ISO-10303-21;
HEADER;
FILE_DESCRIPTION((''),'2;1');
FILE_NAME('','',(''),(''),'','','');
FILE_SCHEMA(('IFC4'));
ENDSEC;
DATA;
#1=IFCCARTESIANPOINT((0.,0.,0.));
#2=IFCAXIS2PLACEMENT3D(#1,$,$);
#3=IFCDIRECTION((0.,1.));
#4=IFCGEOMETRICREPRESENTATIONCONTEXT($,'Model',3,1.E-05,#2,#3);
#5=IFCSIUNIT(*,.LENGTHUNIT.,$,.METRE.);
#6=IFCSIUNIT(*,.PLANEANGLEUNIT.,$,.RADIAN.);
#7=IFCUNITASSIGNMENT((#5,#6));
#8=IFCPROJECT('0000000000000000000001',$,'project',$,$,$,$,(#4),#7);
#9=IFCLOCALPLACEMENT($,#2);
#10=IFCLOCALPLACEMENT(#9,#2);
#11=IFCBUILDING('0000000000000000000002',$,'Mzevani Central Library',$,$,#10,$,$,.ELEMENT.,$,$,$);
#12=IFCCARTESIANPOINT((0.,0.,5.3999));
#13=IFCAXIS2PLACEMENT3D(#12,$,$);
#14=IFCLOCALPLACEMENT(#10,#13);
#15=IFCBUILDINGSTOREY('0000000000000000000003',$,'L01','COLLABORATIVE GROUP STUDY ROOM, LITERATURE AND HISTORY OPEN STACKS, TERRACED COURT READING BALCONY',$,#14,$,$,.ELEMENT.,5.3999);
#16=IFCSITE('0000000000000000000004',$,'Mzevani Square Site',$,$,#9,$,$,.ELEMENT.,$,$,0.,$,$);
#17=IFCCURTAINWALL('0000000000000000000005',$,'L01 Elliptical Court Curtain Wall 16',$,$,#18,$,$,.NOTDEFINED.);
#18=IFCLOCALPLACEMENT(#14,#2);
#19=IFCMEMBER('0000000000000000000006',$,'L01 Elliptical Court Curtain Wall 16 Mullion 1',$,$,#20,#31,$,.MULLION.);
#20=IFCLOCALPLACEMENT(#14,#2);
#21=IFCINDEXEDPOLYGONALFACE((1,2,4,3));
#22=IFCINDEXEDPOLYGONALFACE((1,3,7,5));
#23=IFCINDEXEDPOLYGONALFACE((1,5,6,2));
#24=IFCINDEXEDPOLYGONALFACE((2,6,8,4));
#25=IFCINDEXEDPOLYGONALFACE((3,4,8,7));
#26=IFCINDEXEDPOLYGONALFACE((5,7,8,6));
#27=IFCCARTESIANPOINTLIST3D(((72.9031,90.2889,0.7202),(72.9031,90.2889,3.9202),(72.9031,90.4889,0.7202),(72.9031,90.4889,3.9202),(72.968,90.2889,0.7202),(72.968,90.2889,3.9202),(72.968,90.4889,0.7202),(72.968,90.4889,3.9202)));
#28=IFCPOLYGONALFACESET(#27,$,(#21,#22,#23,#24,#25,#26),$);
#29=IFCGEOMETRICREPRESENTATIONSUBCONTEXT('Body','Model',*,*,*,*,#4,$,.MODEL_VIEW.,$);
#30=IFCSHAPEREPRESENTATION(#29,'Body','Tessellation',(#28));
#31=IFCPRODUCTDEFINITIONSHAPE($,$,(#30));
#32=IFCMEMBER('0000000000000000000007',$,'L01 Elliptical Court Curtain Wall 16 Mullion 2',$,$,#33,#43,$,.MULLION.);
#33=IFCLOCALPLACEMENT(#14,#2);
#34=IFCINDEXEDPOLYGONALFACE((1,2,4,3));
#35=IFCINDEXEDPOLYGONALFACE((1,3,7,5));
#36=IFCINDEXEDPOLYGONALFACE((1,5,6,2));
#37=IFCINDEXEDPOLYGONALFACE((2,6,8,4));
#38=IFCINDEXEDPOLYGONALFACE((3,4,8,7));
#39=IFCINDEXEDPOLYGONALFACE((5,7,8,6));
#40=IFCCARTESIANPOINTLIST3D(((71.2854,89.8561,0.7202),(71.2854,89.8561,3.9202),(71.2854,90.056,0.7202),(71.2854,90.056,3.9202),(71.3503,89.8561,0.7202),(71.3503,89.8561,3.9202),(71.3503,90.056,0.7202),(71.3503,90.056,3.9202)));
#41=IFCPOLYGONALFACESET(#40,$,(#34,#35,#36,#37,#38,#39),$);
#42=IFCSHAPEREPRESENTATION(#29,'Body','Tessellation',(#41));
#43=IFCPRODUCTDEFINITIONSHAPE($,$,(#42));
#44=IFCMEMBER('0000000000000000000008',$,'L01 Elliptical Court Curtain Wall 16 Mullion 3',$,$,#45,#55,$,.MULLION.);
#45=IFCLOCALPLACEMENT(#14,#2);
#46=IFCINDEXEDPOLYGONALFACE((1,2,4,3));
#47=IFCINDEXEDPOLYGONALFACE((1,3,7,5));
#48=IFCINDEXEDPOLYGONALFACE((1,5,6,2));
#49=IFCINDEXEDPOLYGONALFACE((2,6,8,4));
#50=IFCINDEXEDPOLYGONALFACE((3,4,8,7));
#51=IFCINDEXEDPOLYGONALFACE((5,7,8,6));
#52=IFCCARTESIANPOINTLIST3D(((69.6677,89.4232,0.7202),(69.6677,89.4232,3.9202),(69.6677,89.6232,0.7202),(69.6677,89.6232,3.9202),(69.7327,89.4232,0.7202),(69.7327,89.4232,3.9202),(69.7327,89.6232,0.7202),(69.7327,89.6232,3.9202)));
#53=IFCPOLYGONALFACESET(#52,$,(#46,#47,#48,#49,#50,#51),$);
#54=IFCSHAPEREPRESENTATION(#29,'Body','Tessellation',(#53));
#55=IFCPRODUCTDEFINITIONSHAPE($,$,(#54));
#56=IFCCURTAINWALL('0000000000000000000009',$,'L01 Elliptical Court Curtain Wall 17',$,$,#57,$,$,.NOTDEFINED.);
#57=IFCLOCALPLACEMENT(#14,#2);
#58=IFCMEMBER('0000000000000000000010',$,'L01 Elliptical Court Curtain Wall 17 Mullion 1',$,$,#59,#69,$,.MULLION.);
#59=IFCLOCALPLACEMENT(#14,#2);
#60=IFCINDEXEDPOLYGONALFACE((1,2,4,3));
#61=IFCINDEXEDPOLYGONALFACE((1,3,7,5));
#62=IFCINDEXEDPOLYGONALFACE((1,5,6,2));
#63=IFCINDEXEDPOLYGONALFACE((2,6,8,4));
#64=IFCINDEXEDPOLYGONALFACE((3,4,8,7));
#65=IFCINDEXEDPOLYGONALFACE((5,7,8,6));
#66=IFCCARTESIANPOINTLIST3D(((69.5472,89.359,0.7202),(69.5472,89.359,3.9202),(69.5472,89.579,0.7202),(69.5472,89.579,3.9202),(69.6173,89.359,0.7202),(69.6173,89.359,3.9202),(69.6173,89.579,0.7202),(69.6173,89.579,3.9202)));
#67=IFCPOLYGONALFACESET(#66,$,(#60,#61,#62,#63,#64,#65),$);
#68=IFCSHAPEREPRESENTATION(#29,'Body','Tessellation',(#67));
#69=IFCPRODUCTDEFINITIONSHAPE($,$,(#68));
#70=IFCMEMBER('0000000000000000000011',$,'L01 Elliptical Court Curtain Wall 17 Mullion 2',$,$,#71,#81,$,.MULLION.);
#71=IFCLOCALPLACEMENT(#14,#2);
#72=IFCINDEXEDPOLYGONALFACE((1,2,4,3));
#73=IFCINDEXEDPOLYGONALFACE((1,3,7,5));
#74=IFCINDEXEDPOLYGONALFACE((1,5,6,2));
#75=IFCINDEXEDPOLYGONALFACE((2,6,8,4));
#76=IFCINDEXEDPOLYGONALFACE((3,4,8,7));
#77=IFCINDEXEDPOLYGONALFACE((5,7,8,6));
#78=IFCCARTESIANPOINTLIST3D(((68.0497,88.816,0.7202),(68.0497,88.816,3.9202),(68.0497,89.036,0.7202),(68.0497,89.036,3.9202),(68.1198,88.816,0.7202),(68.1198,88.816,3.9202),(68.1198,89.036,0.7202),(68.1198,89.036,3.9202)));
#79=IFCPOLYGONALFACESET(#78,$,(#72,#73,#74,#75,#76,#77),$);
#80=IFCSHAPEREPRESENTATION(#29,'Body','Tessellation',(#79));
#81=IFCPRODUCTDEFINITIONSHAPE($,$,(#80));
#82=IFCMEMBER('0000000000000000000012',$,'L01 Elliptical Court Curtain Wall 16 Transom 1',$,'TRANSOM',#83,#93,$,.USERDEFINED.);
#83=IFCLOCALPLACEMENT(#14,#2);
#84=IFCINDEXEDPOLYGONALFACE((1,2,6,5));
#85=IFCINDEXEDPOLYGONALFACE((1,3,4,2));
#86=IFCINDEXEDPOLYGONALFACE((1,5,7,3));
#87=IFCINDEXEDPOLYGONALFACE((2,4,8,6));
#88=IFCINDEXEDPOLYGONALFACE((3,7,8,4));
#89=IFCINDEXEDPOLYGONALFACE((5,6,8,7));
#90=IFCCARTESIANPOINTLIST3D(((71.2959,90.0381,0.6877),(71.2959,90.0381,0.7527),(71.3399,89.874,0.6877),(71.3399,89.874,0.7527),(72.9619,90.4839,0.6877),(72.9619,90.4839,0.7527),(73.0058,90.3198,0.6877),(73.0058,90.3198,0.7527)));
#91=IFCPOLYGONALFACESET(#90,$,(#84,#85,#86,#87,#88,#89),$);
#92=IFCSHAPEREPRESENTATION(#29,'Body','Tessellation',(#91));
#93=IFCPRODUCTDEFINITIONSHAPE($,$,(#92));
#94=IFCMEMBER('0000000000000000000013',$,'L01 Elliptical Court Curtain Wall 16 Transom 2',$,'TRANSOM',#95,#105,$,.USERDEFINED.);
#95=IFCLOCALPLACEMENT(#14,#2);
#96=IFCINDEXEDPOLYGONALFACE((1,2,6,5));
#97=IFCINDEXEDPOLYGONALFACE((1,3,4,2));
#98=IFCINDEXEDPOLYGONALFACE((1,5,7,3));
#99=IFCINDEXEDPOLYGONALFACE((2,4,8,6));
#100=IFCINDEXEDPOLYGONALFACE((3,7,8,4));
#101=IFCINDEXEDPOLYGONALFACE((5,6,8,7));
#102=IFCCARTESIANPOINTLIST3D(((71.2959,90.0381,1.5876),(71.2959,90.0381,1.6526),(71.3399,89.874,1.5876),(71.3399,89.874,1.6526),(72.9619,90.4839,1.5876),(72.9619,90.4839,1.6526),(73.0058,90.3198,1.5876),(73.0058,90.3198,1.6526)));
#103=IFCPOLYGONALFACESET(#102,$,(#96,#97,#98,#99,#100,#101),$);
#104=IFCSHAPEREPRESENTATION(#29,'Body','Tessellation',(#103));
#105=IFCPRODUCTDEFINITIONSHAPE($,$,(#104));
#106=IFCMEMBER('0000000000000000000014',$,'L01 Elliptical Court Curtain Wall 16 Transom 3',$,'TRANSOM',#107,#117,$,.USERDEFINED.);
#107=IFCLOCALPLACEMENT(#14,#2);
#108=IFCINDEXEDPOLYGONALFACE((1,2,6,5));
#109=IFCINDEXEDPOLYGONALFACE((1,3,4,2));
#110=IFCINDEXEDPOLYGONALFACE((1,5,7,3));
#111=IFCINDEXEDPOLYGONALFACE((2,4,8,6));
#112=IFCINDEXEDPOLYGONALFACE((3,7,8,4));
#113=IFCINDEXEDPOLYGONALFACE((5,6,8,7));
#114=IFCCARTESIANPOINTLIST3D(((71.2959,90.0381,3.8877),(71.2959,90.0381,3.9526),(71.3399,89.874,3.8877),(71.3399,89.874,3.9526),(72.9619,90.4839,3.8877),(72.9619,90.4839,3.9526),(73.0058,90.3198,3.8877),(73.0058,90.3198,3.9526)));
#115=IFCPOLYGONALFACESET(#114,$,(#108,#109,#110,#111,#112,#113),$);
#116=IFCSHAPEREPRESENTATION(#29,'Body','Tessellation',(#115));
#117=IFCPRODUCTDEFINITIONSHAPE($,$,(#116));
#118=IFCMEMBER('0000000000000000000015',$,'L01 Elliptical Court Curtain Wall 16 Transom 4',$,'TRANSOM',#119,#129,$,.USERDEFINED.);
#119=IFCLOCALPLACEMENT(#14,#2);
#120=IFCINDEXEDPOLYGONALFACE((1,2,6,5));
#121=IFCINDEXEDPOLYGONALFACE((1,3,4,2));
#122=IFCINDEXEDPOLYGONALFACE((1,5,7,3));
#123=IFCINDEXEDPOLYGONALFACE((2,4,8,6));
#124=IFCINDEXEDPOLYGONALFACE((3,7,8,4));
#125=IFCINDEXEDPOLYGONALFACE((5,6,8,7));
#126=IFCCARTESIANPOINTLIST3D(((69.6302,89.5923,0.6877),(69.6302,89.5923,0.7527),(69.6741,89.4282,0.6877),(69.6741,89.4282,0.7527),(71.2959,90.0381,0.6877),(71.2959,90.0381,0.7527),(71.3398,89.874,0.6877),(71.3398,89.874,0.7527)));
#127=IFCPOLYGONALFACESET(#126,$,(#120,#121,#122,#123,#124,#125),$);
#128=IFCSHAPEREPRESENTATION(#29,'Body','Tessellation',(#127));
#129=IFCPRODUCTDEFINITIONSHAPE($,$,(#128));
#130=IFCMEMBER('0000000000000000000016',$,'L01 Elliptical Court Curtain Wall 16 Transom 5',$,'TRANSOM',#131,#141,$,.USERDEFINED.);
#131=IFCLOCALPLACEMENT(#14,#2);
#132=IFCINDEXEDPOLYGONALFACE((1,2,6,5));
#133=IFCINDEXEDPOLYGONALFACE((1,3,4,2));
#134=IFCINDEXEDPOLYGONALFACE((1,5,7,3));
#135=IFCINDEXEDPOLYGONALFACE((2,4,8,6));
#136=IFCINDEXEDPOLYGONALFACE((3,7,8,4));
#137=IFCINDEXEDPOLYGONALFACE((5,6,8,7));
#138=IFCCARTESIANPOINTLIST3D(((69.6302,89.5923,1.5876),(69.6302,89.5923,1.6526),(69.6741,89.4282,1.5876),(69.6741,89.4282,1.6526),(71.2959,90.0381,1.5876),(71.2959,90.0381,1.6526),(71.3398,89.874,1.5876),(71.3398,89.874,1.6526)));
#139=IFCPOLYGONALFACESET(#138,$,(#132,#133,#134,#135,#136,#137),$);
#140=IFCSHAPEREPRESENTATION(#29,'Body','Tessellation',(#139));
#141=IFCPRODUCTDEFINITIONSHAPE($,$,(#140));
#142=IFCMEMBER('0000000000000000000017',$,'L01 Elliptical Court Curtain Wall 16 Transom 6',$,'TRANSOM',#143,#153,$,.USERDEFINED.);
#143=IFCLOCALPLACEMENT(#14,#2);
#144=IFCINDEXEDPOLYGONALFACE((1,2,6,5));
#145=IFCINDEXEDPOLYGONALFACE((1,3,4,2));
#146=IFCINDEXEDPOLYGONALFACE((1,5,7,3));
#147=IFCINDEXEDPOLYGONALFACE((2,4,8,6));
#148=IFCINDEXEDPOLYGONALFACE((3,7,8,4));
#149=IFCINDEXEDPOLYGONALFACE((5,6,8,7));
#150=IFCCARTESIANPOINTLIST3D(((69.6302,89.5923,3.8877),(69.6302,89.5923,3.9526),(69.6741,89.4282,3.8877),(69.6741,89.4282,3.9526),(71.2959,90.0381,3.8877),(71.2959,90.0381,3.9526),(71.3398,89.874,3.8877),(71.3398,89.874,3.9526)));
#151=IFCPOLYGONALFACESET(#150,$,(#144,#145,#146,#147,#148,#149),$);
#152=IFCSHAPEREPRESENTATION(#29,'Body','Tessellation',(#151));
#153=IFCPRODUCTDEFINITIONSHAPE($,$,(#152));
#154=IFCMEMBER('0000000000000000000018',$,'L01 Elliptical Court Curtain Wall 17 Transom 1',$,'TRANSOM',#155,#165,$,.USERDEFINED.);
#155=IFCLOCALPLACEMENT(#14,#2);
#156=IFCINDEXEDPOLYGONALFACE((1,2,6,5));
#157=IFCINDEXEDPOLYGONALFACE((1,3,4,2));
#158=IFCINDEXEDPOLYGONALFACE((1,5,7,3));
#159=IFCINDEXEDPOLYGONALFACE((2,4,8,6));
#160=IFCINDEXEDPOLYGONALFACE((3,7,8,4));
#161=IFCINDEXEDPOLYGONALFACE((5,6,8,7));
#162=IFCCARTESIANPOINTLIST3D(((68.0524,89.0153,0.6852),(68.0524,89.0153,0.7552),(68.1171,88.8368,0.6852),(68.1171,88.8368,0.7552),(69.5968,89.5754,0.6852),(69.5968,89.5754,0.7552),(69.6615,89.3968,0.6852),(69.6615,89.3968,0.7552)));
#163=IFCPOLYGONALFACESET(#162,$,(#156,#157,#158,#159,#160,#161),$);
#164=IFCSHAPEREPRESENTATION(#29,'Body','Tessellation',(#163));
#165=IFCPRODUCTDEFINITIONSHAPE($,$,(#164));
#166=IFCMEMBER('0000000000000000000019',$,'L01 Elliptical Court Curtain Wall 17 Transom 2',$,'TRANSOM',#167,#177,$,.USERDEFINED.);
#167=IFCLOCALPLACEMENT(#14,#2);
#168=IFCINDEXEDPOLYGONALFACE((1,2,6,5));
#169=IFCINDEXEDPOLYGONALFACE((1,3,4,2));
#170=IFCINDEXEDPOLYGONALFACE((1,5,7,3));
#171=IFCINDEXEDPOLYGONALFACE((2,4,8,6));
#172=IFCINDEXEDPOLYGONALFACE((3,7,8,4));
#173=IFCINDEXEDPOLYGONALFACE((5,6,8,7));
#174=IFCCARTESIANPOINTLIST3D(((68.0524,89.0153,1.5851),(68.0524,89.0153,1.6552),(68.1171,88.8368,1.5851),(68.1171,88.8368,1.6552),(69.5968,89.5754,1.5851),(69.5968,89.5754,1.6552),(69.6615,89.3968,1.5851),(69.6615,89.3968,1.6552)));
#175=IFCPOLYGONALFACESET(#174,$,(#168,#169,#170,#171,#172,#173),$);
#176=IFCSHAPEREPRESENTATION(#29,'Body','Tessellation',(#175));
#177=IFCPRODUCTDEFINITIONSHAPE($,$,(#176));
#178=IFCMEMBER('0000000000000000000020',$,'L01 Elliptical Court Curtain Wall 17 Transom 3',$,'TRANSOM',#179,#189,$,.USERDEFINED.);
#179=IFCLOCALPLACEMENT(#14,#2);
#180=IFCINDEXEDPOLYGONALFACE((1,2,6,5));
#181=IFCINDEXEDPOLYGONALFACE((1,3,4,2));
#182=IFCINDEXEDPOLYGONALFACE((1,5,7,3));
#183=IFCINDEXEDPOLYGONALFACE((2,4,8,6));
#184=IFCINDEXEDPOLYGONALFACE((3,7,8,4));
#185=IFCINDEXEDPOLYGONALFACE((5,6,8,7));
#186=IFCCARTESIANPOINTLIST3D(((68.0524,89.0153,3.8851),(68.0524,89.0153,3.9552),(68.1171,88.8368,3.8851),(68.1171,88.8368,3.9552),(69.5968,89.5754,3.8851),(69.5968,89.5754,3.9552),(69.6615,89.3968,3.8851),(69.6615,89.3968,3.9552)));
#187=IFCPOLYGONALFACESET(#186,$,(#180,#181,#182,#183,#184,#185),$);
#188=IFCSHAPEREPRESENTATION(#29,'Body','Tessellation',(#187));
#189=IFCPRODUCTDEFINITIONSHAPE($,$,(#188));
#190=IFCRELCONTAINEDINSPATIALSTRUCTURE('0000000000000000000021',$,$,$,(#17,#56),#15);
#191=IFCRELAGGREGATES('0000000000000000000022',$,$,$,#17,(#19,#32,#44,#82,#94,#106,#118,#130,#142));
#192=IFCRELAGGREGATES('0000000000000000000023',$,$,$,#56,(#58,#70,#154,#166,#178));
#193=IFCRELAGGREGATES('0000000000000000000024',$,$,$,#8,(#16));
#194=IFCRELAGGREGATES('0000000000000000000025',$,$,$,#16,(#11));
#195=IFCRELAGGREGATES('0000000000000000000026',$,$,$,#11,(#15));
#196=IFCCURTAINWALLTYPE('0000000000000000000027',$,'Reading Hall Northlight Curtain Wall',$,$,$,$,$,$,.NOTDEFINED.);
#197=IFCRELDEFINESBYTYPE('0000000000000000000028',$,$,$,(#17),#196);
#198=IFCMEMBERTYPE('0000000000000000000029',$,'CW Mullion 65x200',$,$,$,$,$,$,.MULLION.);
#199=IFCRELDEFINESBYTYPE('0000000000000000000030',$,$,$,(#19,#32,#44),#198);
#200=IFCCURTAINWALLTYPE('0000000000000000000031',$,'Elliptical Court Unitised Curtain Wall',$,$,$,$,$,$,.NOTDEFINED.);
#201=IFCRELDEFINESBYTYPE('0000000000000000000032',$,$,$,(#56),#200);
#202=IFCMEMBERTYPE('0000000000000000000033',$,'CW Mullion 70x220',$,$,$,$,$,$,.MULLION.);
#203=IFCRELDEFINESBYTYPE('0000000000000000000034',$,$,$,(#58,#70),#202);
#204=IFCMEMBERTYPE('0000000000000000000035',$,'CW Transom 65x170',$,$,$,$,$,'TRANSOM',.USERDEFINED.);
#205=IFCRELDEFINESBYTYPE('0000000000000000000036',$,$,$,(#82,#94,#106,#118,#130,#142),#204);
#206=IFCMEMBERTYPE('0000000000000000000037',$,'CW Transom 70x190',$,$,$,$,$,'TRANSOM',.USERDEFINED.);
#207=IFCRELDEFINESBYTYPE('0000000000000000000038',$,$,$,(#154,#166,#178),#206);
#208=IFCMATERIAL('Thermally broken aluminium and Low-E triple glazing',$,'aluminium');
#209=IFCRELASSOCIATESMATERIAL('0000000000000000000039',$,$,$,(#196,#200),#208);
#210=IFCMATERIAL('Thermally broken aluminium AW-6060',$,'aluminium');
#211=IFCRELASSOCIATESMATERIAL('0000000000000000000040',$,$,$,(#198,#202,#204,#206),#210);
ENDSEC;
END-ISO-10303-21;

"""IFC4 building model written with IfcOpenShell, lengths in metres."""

from ifc_helpers import new_model, si_unit, direction, frame, origin, origin_2d, place, context, subcontext, project, spatial, rectangle, extrude, material, material_profile, profile_set, type_object, element, aggregate, save


model = new_model("IFC4")

# Units and contexts
model_context = context("Model", 3, precision=1e-05, world=origin(), true_north=direction((0.0, 1.0)))
body_context = subcontext(model_context, "Body", "Model", "MODEL_VIEW")
ifc_project = project(units=[si_unit("LENGTHUNIT", "METRE"), si_unit("PLANEANGLEUNIT", "RADIAN")], contexts=[model_context])

# Site, building, storey
site_placement = place(None, origin())
site = spatial("IfcSite", under=ifc_project, at=site_placement, Name="Mzevani Square Site", CompositionType="ELEMENT", RefElevation=0.0)
building_placement = place(site_placement, origin())
building = spatial("IfcBuilding", under=site, at=building_placement, Name="Mzevani Central Library", CompositionType="ELEMENT")
storey_placement = place(building_placement, frame((0.0, 0.0, 5.3999)))
storey = spatial("IfcBuildingStorey", under=building, at=storey_placement, Name="L01", Description="COLLABORATIVE GROUP STUDY ROOM, LITERATURE AND HISTORY OPEN STACKS, TERRACED COURT READING BALCONY", CompositionType="ELEMENT", Elevation=5.3999)

# Curtain walls, members
ifc_material_1 = material(Name="Thermally broken aluminium and Low-E triple glazing", Category="aluminium")
curtain_wall_type_1 = type_object("IfcCurtainWallType", Name="Reading Hall Northlight Curtain Wall", PredefinedType="NOTDEFINED", material=ifc_material_1)
curtain_wall_1_placement = place(storey_placement, origin())
curtain_wall_1 = element("IfcCurtainWall", 1, at=curtain_wall_1_placement, inside=storey, type_object=curtain_wall_type_1, Name="L01 Elliptical Court Curtain Wall 16", PredefinedType="NOTDEFINED")
ifc_material_2 = material(Name="Thermally broken aluminium AW-6060", Category="aluminium")
ifc_material_profile_1 = material_profile(ifc_material_2, rectangle(XDim=0.0649, YDim=0.2, at=origin_2d()), Name="ALU M65x200")
ifc_profile_set_1 = profile_set([ifc_material_profile_1], Name="Thermally broken aluminium AW-6060")
member_type_1 = type_object("IfcMemberType", Name="CW Mullion 65x200", PredefinedType="MULLION", material=ifc_profile_set_1)
member_1_placement = place(storey_placement, frame((72.9355, 90.3889, 0.7202), z_axis=(0.0, 0.0, 1.0), x_axis=(1.0, 0.0, 0.0)))
member_1 = element("IfcMember", 2, at=member_1_placement, type_object=member_type_1, Name="L01 Elliptical Court Curtain Wall 16 Mullion 1", PredefinedType="MULLION", context=body_context, shape_type="SweptSolid", body=[
    extrude(rectangle(XDim=0.0649, YDim=0.2, at=origin_2d()), origin(), (0.0, 0.0, 1.0), 3.2),
])
member_2_placement = place(storey_placement, frame((71.3179, 89.9561, 0.7202), z_axis=(0.0, 0.0, 1.0), x_axis=(1.0, 0.0, 0.0)))
member_2 = element("IfcMember", 3, at=member_2_placement, type_object=member_type_1, Name="L01 Elliptical Court Curtain Wall 16 Mullion 2", PredefinedType="MULLION", context=body_context, shape_type="SweptSolid", body=[
    extrude(rectangle(XDim=0.0649, YDim=0.2, at=origin_2d()), origin(), (0.0, 0.0, 1.0), 3.2),
])
member_3_placement = place(storey_placement, frame((69.7002, 89.5232, 0.7202), z_axis=(0.0, 0.0, 1.0), x_axis=(1.0, 0.0, 0.0)))
member_3 = element("IfcMember", 4, at=member_3_placement, type_object=member_type_1, Name="L01 Elliptical Court Curtain Wall 16 Mullion 3", PredefinedType="MULLION", context=body_context, shape_type="SweptSolid", body=[
    extrude(rectangle(XDim=0.0649, YDim=0.2, at=origin_2d()), origin(), (0.0, 0.0, 1.0), 3.2),
])
curtain_wall_type_2 = type_object("IfcCurtainWallType", Name="Elliptical Court Unitised Curtain Wall", PredefinedType="NOTDEFINED", material=ifc_material_1)
curtain_wall_2_placement = place(storey_placement, origin())
curtain_wall_2 = element("IfcCurtainWall", 5, at=curtain_wall_2_placement, inside=storey, type_object=curtain_wall_type_2, Name="L01 Elliptical Court Curtain Wall 17", PredefinedType="NOTDEFINED")
ifc_material_profile_2 = material_profile(ifc_material_2, rectangle(XDim=0.0701, YDim=0.22, at=origin_2d()), Name="ALU M70x220")
ifc_profile_set_2 = profile_set([ifc_material_profile_2], Name="Thermally broken aluminium AW-6060")
member_type_2 = type_object("IfcMemberType", Name="CW Mullion 70x220", PredefinedType="MULLION", material=ifc_profile_set_2)
member_4_placement = place(storey_placement, frame((69.5823, 89.469, 0.7202), z_axis=(0.0, 0.0, 1.0), x_axis=(1.0, 0.0, 0.0)))
member_4 = element("IfcMember", 6, at=member_4_placement, type_object=member_type_2, Name="L01 Elliptical Court Curtain Wall 17 Mullion 1", PredefinedType="MULLION", context=body_context, shape_type="SweptSolid", body=[
    extrude(rectangle(XDim=0.0701, YDim=0.22, at=origin_2d()), origin(), (0.0, 0.0, 1.0), 3.2),
])
member_5_placement = place(storey_placement, frame((68.0847, 88.926, 0.7202), z_axis=(0.0, 0.0, 1.0), x_axis=(1.0, 0.0, 0.0)))
member_5 = element("IfcMember", 7, at=member_5_placement, type_object=member_type_2, Name="L01 Elliptical Court Curtain Wall 17 Mullion 2", PredefinedType="MULLION", context=body_context, shape_type="SweptSolid", body=[
    extrude(rectangle(XDim=0.0701, YDim=0.22, at=origin_2d()), origin(), (0.0, 0.0, 1.0), 3.2),
])

# Members
ifc_material_profile_3 = material_profile(ifc_material_2, rectangle(XDim=0.1699, YDim=0.0649, at=origin_2d()), Name="ALU T65x170")
ifc_profile_set_3 = profile_set([ifc_material_profile_3], Name="Thermally broken aluminium AW-6060")
member_type_3 = type_object("IfcMemberType", Name="CW Transom 65x170", ElementType="TRANSOM", PredefinedType="USERDEFINED", material=ifc_profile_set_3)
member_6_placement = place(storey_placement, frame((72.9839, 90.4019, 0.7202), z_axis=(-0.966014, -0.258491, 0.0), x_axis=(0.258491, -0.966014, 0.0)))
member_6 = element("IfcMember", 8, at=member_6_placement, type_object=member_type_3, Name="L01 Elliptical Court Curtain Wall 16 Transom 1", ObjectType="TRANSOM", PredefinedType="USERDEFINED", context=body_context, shape_type="SweptSolid", body=[
    extrude(rectangle(XDim=0.1699, YDim=0.0649, at=origin_2d()), origin(), (0.0, 0.0, 1.0), 1.7246),
])
member_7_placement = place(storey_placement, frame((72.9839, 90.4019, 1.6201), z_axis=(-0.966014, -0.258491, 0.0), x_axis=(0.258491, -0.966014, 0.0)))
member_7 = element("IfcMember", 9, at=member_7_placement, type_object=member_type_3, Name="L01 Elliptical Court Curtain Wall 16 Transom 2", ObjectType="TRANSOM", PredefinedType="USERDEFINED", context=body_context, shape_type="SweptSolid", body=[
    extrude(rectangle(XDim=0.1699, YDim=0.0649, at=origin_2d()), origin(), (0.0, 0.0, 1.0), 1.7246),
])
member_8_placement = place(storey_placement, frame((72.9839, 90.4019, 3.9202), z_axis=(-0.966014, -0.258491, 0.0), x_axis=(0.258491, -0.966014, 0.0)))
member_8 = element("IfcMember", 10, at=member_8_placement, type_object=member_type_3, Name="L01 Elliptical Court Curtain Wall 16 Transom 3", ObjectType="TRANSOM", PredefinedType="USERDEFINED", context=body_context, shape_type="SweptSolid", body=[
    extrude(rectangle(XDim=0.1699, YDim=0.0649, at=origin_2d()), origin(), (0.0, 0.0, 1.0), 1.7246),
])
member_9_placement = place(storey_placement, frame((71.3179, 89.9561, 0.7202), z_axis=(-0.966004, -0.258526, 0.0), x_axis=(0.258526, -0.966004, 0.0)))
member_9 = element("IfcMember", 11, at=member_9_placement, type_object=member_type_3, Name="L01 Elliptical Court Curtain Wall 16 Transom 4", ObjectType="TRANSOM", PredefinedType="USERDEFINED", context=body_context, shape_type="SweptSolid", body=[
    extrude(rectangle(XDim=0.1699, YDim=0.0649, at=origin_2d()), origin(), (0.0, 0.0, 1.0), 1.7244),
])
member_10_placement = place(storey_placement, frame((71.3179, 89.9561, 1.6201), z_axis=(-0.966004, -0.258526, 0.0), x_axis=(0.258526, -0.966004, 0.0)))
member_10 = element("IfcMember", 12, at=member_10_placement, type_object=member_type_3, Name="L01 Elliptical Court Curtain Wall 16 Transom 5", ObjectType="TRANSOM", PredefinedType="USERDEFINED", context=body_context, shape_type="SweptSolid", body=[
    extrude(rectangle(XDim=0.1699, YDim=0.0649, at=origin_2d()), origin(), (0.0, 0.0, 1.0), 1.7244),
])
member_11_placement = place(storey_placement, frame((71.3179, 89.9561, 3.9202), z_axis=(-0.966004, -0.258526, 0.0), x_axis=(0.258526, -0.966004, 0.0)))
member_11 = element("IfcMember", 13, at=member_11_placement, type_object=member_type_3, Name="L01 Elliptical Court Curtain Wall 16 Transom 6", ObjectType="TRANSOM", PredefinedType="USERDEFINED", context=body_context, shape_type="SweptSolid", body=[
    extrude(rectangle(XDim=0.1699, YDim=0.0649, at=origin_2d()), origin(), (0.0, 0.0, 1.0), 1.7244),
])
ifc_material_profile_4 = material_profile(ifc_material_2, rectangle(XDim=0.1899, YDim=0.0701, at=origin_2d()), Name="ALU T70x190")
ifc_profile_set_4 = profile_set([ifc_material_profile_4], Name="Thermally broken aluminium AW-6060")
member_type_4 = type_object("IfcMemberType", Name="CW Transom 70x190", ElementType="TRANSOM", PredefinedType="USERDEFINED", material=ifc_profile_set_4)
member_12_placement = place(storey_placement, frame((69.6292, 89.4861, 0.7202), z_axis=(-0.940097, -0.340908, 0.0), x_axis=(0.340908, -0.940097, 0.0)))
member_12 = element("IfcMember", 14, at=member_12_placement, type_object=member_type_4, Name="L01 Elliptical Court Curtain Wall 17 Transom 1", ObjectType="TRANSOM", PredefinedType="USERDEFINED", context=body_context, shape_type="SweptSolid", body=[
    extrude(rectangle(XDim=0.1899, YDim=0.0701, at=origin_2d()), origin(), (0.0, 0.0, 1.0), 1.6428),
])
member_13_placement = place(storey_placement, frame((69.6292, 89.4861, 1.6201), z_axis=(-0.940097, -0.340908, 0.0), x_axis=(0.340908, -0.940097, 0.0)))
member_13 = element("IfcMember", 15, at=member_13_placement, type_object=member_type_4, Name="L01 Elliptical Court Curtain Wall 17 Transom 2", ObjectType="TRANSOM", PredefinedType="USERDEFINED", context=body_context, shape_type="SweptSolid", body=[
    extrude(rectangle(XDim=0.1899, YDim=0.0701, at=origin_2d()), origin(), (0.0, 0.0, 1.0), 1.6428),
])
member_14_placement = place(storey_placement, frame((69.6292, 89.4861, 3.9202), z_axis=(-0.940097, -0.340908, 0.0), x_axis=(0.340908, -0.940097, 0.0)))
member_14 = element("IfcMember", 16, at=member_14_placement, type_object=member_type_4, Name="L01 Elliptical Court Curtain Wall 17 Transom 3", ObjectType="TRANSOM", PredefinedType="USERDEFINED", context=body_context, shape_type="SweptSolid", body=[
    extrude(rectangle(XDim=0.1899, YDim=0.0701, at=origin_2d()), origin(), (0.0, 0.0, 1.0), 1.6428),
])

aggregate(curtain_wall_1, [member_1, member_2, member_3, member_6, member_7, member_8, member_9, member_10, member_11])
aggregate(curtain_wall_2, [member_4, member_5, member_12, member_13, member_14])

save(model, "model.ifc")
